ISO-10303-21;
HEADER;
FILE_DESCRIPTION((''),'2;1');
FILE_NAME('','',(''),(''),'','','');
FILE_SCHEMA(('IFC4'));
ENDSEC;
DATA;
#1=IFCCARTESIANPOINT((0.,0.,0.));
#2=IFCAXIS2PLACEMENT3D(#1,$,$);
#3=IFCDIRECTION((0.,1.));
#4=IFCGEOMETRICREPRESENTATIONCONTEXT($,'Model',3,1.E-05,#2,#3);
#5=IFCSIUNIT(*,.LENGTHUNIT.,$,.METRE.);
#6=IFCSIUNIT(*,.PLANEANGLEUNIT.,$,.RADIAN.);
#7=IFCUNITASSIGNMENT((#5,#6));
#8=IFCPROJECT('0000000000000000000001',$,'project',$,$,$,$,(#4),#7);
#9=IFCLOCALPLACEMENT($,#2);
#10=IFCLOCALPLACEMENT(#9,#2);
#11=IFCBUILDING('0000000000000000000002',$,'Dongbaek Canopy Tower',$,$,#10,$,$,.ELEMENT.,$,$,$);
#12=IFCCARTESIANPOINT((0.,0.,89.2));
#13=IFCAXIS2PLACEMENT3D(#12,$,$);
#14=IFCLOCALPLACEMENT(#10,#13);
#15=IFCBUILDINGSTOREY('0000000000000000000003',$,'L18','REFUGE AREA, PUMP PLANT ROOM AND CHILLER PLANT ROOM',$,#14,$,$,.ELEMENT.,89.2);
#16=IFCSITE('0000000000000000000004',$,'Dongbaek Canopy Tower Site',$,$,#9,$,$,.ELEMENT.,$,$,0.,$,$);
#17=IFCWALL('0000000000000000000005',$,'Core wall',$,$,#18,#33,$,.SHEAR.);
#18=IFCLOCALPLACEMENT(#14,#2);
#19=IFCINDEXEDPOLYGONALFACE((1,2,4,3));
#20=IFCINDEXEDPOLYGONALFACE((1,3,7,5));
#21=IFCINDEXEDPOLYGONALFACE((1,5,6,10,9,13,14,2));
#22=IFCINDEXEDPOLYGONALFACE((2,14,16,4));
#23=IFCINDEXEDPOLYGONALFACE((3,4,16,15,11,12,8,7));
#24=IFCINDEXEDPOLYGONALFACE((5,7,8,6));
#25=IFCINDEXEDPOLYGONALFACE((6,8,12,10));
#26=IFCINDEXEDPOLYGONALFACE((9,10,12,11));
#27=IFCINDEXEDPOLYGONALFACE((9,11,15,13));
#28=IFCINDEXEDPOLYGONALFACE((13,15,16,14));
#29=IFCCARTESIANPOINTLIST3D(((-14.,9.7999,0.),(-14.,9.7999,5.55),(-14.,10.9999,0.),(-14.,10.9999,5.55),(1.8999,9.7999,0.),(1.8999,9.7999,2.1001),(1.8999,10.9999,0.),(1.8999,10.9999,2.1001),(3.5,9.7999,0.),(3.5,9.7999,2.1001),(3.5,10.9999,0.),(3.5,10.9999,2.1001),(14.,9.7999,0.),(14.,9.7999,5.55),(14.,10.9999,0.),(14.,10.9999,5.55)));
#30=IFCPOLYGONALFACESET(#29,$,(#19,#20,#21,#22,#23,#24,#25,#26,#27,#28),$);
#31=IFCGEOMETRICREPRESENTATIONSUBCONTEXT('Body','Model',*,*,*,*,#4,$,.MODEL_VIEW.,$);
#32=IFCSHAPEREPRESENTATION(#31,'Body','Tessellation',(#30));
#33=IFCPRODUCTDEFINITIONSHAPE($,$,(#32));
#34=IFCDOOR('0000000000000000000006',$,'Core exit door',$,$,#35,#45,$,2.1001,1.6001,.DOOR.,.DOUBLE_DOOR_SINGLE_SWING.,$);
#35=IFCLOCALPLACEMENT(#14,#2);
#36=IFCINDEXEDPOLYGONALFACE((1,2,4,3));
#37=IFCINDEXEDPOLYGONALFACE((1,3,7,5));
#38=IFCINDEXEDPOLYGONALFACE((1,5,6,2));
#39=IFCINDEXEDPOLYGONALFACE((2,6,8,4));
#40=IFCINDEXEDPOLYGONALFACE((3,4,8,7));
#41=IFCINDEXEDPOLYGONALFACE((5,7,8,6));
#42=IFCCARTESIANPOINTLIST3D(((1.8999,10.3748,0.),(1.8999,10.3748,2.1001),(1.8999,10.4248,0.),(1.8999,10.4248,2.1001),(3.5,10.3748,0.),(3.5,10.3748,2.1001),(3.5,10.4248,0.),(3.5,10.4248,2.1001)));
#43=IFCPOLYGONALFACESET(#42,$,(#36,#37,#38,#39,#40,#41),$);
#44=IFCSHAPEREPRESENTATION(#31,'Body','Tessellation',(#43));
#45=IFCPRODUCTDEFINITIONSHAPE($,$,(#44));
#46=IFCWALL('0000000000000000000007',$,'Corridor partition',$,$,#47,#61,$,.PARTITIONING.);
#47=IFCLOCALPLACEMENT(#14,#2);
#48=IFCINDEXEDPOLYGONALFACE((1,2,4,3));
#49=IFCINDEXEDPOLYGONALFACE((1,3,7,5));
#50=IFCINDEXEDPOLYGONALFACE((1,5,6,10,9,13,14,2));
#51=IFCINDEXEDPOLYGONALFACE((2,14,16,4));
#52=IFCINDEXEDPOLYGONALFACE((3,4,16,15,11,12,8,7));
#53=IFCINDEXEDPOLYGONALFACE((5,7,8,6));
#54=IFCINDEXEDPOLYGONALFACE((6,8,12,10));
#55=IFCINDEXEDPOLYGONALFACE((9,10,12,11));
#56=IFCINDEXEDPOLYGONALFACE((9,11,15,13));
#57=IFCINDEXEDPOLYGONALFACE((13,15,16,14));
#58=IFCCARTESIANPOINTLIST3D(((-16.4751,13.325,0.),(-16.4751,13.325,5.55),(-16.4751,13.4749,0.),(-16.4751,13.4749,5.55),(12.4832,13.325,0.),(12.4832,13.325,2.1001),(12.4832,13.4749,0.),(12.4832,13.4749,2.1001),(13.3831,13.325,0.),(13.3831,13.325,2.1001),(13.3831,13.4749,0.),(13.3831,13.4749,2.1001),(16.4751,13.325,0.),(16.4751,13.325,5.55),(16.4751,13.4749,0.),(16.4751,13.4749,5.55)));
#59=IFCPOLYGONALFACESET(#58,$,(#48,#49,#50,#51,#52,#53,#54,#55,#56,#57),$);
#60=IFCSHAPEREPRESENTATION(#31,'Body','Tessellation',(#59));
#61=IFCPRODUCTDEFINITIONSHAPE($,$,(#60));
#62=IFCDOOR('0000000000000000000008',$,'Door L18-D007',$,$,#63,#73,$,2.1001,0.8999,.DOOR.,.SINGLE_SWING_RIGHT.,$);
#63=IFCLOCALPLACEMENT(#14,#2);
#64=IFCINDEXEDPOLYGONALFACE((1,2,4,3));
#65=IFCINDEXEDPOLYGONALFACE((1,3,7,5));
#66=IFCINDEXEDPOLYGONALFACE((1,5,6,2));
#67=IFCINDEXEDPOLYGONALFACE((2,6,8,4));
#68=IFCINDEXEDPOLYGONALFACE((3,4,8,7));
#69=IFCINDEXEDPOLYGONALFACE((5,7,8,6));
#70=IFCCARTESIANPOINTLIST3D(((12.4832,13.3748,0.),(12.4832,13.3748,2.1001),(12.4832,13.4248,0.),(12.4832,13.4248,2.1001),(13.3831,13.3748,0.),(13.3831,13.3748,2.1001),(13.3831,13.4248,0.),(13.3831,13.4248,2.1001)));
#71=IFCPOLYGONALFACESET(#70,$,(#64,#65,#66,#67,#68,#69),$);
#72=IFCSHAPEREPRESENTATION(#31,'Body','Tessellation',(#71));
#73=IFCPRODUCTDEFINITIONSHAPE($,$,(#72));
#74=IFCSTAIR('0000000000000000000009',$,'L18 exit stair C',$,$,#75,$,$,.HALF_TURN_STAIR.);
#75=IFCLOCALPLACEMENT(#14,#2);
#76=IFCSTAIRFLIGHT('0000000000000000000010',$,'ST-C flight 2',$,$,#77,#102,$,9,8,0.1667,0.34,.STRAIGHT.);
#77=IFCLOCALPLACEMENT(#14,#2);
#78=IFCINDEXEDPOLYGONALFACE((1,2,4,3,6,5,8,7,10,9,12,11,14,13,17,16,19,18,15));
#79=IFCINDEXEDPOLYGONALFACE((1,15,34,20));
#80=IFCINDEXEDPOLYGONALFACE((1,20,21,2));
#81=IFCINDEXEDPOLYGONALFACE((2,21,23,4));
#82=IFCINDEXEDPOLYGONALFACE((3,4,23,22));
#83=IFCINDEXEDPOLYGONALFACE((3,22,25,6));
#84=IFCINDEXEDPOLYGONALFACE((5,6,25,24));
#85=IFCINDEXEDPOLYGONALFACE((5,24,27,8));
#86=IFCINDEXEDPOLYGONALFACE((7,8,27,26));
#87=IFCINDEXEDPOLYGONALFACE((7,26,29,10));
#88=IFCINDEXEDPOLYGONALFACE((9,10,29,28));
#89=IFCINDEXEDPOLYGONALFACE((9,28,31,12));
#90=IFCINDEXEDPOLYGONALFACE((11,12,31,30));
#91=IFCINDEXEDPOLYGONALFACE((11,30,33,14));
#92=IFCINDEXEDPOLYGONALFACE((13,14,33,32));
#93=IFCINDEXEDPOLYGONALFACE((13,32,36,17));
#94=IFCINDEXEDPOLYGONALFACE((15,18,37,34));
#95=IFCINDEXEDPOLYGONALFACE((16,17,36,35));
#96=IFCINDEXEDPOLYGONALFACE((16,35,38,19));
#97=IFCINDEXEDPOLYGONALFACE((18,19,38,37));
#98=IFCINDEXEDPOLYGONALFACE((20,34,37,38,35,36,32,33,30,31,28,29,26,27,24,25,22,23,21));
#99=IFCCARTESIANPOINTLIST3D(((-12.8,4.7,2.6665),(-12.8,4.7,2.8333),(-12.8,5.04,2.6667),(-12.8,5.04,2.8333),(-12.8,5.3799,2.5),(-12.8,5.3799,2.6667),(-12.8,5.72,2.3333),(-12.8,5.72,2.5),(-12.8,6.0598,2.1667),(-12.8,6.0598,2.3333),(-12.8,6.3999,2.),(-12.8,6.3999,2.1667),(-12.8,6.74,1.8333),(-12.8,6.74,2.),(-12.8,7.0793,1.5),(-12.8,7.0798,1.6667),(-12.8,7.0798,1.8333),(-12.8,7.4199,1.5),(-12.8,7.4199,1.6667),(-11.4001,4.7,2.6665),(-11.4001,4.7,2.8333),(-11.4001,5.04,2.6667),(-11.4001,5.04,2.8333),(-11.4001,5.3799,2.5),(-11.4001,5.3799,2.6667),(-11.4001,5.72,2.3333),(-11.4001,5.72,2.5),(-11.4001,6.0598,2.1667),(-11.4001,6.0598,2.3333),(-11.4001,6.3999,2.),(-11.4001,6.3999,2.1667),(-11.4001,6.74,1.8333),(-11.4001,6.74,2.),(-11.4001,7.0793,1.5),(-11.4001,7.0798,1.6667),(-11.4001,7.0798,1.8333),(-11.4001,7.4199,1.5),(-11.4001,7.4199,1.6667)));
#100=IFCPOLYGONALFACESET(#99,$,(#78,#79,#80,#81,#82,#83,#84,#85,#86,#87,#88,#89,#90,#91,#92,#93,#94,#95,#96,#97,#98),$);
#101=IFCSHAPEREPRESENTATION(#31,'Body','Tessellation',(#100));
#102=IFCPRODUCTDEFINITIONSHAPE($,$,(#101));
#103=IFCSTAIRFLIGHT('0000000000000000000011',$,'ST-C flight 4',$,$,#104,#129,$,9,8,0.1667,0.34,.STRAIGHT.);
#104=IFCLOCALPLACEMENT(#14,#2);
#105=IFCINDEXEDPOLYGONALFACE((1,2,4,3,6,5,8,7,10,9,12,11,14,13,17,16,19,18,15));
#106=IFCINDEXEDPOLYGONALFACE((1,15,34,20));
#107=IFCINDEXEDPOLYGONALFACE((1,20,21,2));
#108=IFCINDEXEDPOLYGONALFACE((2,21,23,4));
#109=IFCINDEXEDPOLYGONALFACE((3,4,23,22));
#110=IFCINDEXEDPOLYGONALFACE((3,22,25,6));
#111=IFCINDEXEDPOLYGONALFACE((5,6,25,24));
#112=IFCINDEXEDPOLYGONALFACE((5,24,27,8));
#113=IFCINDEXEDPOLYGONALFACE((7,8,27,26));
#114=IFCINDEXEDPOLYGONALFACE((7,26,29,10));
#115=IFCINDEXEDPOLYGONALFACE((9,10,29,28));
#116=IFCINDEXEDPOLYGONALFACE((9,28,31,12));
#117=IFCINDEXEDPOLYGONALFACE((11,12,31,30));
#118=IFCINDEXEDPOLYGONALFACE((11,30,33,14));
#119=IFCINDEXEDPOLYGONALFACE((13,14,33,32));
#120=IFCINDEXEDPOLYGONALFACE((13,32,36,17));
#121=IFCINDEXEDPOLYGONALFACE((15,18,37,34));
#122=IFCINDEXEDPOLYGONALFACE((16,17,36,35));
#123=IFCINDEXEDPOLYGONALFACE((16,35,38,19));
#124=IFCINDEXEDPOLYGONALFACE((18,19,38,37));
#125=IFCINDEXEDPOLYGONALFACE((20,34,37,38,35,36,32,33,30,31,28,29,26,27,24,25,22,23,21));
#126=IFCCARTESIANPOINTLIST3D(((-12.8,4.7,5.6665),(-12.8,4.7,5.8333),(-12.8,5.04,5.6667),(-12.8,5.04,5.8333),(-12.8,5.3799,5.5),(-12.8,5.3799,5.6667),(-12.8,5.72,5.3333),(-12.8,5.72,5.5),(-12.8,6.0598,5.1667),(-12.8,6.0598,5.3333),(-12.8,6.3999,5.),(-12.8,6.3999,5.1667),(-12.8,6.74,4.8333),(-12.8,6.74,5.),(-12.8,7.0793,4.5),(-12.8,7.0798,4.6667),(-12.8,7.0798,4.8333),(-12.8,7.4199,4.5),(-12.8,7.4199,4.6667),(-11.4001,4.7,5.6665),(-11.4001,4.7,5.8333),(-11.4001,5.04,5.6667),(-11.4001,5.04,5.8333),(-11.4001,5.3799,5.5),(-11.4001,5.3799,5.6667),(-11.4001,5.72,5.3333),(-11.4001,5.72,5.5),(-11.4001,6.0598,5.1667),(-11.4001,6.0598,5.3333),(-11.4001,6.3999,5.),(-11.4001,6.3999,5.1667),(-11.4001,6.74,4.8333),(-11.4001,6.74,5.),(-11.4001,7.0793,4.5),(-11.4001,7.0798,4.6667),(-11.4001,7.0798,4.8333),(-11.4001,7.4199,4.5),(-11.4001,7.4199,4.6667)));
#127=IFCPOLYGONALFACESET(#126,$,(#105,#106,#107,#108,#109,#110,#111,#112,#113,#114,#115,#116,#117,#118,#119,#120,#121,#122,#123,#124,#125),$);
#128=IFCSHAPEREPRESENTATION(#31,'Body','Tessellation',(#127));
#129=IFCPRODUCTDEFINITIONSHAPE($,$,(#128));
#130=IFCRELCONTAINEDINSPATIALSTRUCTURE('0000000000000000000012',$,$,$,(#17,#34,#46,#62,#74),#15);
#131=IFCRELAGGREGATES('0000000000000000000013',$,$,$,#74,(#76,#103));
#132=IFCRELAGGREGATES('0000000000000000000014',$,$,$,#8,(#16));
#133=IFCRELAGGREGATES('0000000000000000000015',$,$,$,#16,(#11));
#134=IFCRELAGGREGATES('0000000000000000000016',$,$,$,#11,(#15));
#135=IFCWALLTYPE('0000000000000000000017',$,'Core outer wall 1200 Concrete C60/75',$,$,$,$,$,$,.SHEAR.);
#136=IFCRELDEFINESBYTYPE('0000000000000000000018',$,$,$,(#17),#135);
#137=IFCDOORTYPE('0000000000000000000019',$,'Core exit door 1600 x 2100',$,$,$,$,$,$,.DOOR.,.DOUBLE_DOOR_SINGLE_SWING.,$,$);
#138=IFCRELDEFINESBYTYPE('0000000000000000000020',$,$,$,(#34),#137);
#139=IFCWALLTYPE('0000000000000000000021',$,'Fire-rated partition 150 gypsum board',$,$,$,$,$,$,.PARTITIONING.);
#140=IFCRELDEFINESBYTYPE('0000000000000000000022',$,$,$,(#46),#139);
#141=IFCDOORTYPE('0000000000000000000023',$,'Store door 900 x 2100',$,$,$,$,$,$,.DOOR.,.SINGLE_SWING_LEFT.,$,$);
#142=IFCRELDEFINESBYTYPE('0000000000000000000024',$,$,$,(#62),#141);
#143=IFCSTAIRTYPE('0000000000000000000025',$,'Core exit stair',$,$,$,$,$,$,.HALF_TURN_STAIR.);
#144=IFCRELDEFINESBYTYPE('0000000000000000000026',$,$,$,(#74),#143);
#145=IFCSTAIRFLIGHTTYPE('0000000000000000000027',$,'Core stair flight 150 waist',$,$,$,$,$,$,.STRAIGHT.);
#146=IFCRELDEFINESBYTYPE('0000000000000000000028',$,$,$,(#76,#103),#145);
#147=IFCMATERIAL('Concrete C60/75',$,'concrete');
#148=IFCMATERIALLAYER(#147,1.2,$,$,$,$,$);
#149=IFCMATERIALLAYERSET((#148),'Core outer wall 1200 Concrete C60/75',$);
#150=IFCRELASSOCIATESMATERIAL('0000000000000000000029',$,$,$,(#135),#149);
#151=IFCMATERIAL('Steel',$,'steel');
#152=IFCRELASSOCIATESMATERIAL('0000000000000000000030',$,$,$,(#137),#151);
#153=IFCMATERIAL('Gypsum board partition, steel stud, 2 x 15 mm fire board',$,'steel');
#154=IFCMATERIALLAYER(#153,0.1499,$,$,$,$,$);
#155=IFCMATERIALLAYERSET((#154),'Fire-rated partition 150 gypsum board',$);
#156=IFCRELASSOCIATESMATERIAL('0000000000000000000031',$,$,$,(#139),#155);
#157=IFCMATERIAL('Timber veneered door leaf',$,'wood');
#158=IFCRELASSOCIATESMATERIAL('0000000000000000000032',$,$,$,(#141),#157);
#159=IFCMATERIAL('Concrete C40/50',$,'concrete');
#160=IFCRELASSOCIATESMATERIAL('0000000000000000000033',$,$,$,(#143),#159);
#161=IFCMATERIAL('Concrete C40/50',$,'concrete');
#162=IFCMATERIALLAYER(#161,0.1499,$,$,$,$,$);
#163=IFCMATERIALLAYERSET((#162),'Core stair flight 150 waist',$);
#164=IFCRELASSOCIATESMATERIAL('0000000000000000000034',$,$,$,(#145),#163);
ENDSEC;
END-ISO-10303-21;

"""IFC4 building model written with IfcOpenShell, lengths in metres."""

from ifc_helpers import new_model, si_unit, direction, frame, frame_2d, origin, place, context, subcontext, project, spatial, polyline, rectangle, outline, extrude, material, layer, layer_set, type_object, element, fill, aggregate, save


model = new_model("IFC4")

# Units and contexts
model_context = context("Model", 3, precision=1e-05, world=origin(), true_north=direction((0.0, 1.0)))
body_context = subcontext(model_context, "Body", "Model", "MODEL_VIEW")
ifc_project = project(units=[si_unit("LENGTHUNIT", "METRE"), si_unit("PLANEANGLEUNIT", "RADIAN")], contexts=[model_context])

# Site, building, storey
site_placement = place(None, origin())
site = spatial("IfcSite", under=ifc_project, at=site_placement, Name="Dongbaek Canopy Tower Site", CompositionType="ELEMENT", RefElevation=0.0)
building_placement = place(site_placement, origin())
building = spatial("IfcBuilding", under=site, at=building_placement, Name="Dongbaek Canopy Tower", CompositionType="ELEMENT")
storey_placement = place(building_placement, frame((0.0, 0.0, 89.2)))
storey = spatial("IfcBuildingStorey", under=building, at=storey_placement, Name="L18", Description="REFUGE AREA, PUMP PLANT ROOM AND CHILLER PLANT ROOM", CompositionType="ELEMENT", Elevation=89.2)

# Walls, openings, doors
ifc_material_1 = material(Name="Concrete C60/75", Category="concrete")
ifc_layer_1 = layer(ifc_material_1, 1.2)
ifc_layer_set_1 = layer_set([ifc_layer_1], Name="Core outer wall 1200 Concrete C60/75")
wall_type_1 = type_object("IfcWallType", Name="Core outer wall 1200 Concrete C60/75", PredefinedType="SHEAR", material=ifc_layer_set_1)
wall_1_placement = place(storey_placement, frame((-14.0, 10.3999, 0.0), z_axis=(0.0, 0.0, 1.0), x_axis=(1.0, 0.0, 0.0)))
wall_1 = element("IfcWall", 1, at=wall_1_placement, inside=storey, type_object=wall_type_1, Name="Core wall", PredefinedType="SHEAR", context=body_context, shape_type="SweptSolid", body=[
    extrude(rectangle(XDim=28.0, YDim=1.2, at=frame_2d((14.0, 0.0))), origin(), (0.0, 0.0, 1.0), 5.55),
])
opening_1_placement = place(wall_1_placement, frame((15.8999, 0.0, 0.0)))
opening_1 = element("IfcOpeningElement", 2, at=opening_1_placement, cuts=wall_1, PredefinedType="OPENING", context=body_context, shape_type="SweptSolid", body=[
    extrude(rectangle(XDim=1.6001, YDim=2.1001, at=frame_2d((0.8, 1.05))), frame((0.0, 0.6099, 0.0), z_axis=(0.0, -1.0, 0.0), x_axis=(1.0, 0.0, 0.0)), (0.0, 0.0, 1.0), 1.22),
])
ifc_material_2 = material(Name="Steel", Category="steel")
door_type_1 = type_object("IfcDoorType", Name="Core exit door 1600 x 2100", OperationType="DOUBLE_DOOR_SINGLE_SWING", PredefinedType="DOOR", material=ifc_material_2)
door_1_placement = place(opening_1_placement, origin())
door_1 = element("IfcDoor", 3, at=door_1_placement, inside=storey, type_object=door_type_1, Name="Core exit door", OperationType="DOUBLE_DOOR_SINGLE_SWING", OverallHeight=2.1001, OverallWidth=1.6001, PredefinedType="DOOR", context=body_context, shape_type="SweptSolid", body=[
    extrude(rectangle(XDim=1.6001, YDim=2.1001, at=frame_2d((0.8, 1.05))), frame((0.0, 0.0249, 0.0), z_axis=(0.0, -1.0, 0.0), x_axis=(1.0, 0.0, 0.0)), (0.0, 0.0, 1.0), 0.05),
])
fill(opening_1, door_1)
ifc_material_3 = material(Name="Gypsum board partition, steel stud, 2 x 15 mm fire board", Category="steel")
ifc_layer_2 = layer(ifc_material_3, 0.1499)
ifc_layer_set_2 = layer_set([ifc_layer_2], Name="Fire-rated partition 150 gypsum board")
wall_type_2 = type_object("IfcWallType", Name="Fire-rated partition 150 gypsum board", PredefinedType="PARTITIONING", material=ifc_layer_set_2)
wall_2_placement = place(storey_placement, frame((-16.4751, 13.3999, 0.0), z_axis=(0.0, 0.0, 1.0), x_axis=(1.0, 0.0, 0.0)))
wall_2 = element("IfcWall", 4, at=wall_2_placement, inside=storey, type_object=wall_type_2, Name="Corridor partition", PredefinedType="PARTITIONING", context=body_context, shape_type="SweptSolid", body=[
    extrude(rectangle(XDim=32.9502, YDim=0.1499, at=frame_2d((16.4751, 0.0))), origin(), (0.0, 0.0, 1.0), 5.55),
])
opening_2_placement = place(wall_2_placement, frame((28.9583, 0.0, 0.0)))
opening_2 = element("IfcOpeningElement", 5, at=opening_2_placement, cuts=wall_2, PredefinedType="OPENING", context=body_context, shape_type="SweptSolid", body=[
    extrude(rectangle(XDim=0.8999, YDim=2.1001, at=frame_2d((0.45, 1.05))), frame((0.0, 0.085, 0.0), z_axis=(0.0, -1.0, 0.0), x_axis=(1.0, 0.0, 0.0)), (0.0, 0.0, 1.0), 0.1699),
])
ifc_material_4 = material(Name="Timber veneered door leaf", Category="wood")
door_type_2 = type_object("IfcDoorType", Name="Store door 900 x 2100", OperationType="SINGLE_SWING_LEFT", PredefinedType="DOOR", material=ifc_material_4)
door_2_placement = place(opening_2_placement, origin())
door_2 = element("IfcDoor", 6, at=door_2_placement, inside=storey, type_object=door_type_2, Name="Door L18-D007", OperationType="SINGLE_SWING_RIGHT", OverallHeight=2.1001, OverallWidth=0.8999, PredefinedType="DOOR", context=body_context, shape_type="SweptSolid", body=[
    extrude(rectangle(XDim=0.8999, YDim=2.1001, at=frame_2d((0.45, 1.05))), frame((0.0, 0.0249, 0.0), z_axis=(0.0, -1.0, 0.0), x_axis=(1.0, 0.0, 0.0)), (0.0, 0.0, 1.0), 0.05),
])
fill(opening_2, door_2)

# Stair, stair flights
ifc_material_5 = material(Name="Concrete C40/50", Category="concrete")
stair_type = type_object("IfcStairType", Name="Core exit stair", PredefinedType="HALF_TURN_STAIR", material=ifc_material_5)
stair_placement = place(storey_placement, origin())
stair = element("IfcStair", 7, at=stair_placement, inside=storey, type_object=stair_type, Name="L18 exit stair C", PredefinedType="HALF_TURN_STAIR")
ifc_material_6 = material(Name="Concrete C40/50", Category="concrete")
ifc_layer_3 = layer(ifc_material_6, 0.1499)
ifc_layer_set_3 = layer_set([ifc_layer_3], Name="Core stair flight 150 waist")
stair_flight_type = type_object("IfcStairFlightType", Name="Core stair flight 150 waist", PredefinedType="STRAIGHT", material=ifc_layer_set_3)
stair_flight_1_placement = place(storey_placement, frame((-12.1001, 7.4199, 1.5), z_axis=(0.0, 0.0, 1.0), x_axis=(0.0, -1.0, 0.0)))
stair_flight_1 = element("IfcStairFlight", 8, at=stair_flight_1_placement, type_object=stair_flight_type, Name="ST-C flight 2", NumberOfRisers=9, NumberOfTreads=8, PredefinedType="STRAIGHT", RiserHeight=0.1667, TreadLength=0.34, context=body_context, shape_type="SweptSolid", body=[
    extrude(outline(polyline([(0.0, 0.0), (0.0, 0.1667), (0.3401, 0.1667), (0.3401, 0.3333), (0.6799, 0.3333), (0.6799, 0.5), (1.02, 0.5), (1.02, 0.6667), (1.3601, 0.6667), (1.3601, 0.8333), (1.7, 0.8333), (1.7, 1.0), (2.04, 1.0), (2.04, 1.1667), (2.3799, 1.1667), (2.3799, 1.3333), (2.72, 1.3333), (2.72, 1.5), (2.72, 1.1665), (0.3406, 0.0), (0.0, 0.0)])), frame((0.0, 0.7, 0.0), z_axis=(0.0, -1.0, 0.0), x_axis=(1.0, 0.0, 0.0)), (0.0, 0.0, 1.0), 1.3999),
])
stair_flight_2_placement = place(storey_placement, frame((-12.1001, 7.4199, 4.5), z_axis=(0.0, 0.0, 1.0), x_axis=(0.0, -1.0, 0.0)))
stair_flight_2 = element("IfcStairFlight", 9, at=stair_flight_2_placement, type_object=stair_flight_type, Name="ST-C flight 4", NumberOfRisers=9, NumberOfTreads=8, PredefinedType="STRAIGHT", RiserHeight=0.1667, TreadLength=0.34, context=body_context, shape_type="SweptSolid", body=[
    extrude(outline(polyline([(0.0, 0.0), (0.0, 0.1667), (0.3401, 0.1667), (0.3401, 0.3333), (0.6799, 0.3333), (0.6799, 0.5), (1.02, 0.5), (1.02, 0.6667), (1.3601, 0.6667), (1.3601, 0.8333), (1.7, 0.8333), (1.7, 1.0), (2.04, 1.0), (2.04, 1.1667), (2.3799, 1.1667), (2.3799, 1.3333), (2.72, 1.3333), (2.72, 1.5), (2.72, 1.1665), (0.3406, 0.0), (0.0, 0.0)])), frame((0.0, 0.7, 0.0), z_axis=(0.0, -1.0, 0.0), x_axis=(1.0, 0.0, 0.0)), (0.0, 0.0, 1.0), 1.3999),
])
aggregate(stair, [stair_flight_1, stair_flight_2])

save(model, "model.ifc")
